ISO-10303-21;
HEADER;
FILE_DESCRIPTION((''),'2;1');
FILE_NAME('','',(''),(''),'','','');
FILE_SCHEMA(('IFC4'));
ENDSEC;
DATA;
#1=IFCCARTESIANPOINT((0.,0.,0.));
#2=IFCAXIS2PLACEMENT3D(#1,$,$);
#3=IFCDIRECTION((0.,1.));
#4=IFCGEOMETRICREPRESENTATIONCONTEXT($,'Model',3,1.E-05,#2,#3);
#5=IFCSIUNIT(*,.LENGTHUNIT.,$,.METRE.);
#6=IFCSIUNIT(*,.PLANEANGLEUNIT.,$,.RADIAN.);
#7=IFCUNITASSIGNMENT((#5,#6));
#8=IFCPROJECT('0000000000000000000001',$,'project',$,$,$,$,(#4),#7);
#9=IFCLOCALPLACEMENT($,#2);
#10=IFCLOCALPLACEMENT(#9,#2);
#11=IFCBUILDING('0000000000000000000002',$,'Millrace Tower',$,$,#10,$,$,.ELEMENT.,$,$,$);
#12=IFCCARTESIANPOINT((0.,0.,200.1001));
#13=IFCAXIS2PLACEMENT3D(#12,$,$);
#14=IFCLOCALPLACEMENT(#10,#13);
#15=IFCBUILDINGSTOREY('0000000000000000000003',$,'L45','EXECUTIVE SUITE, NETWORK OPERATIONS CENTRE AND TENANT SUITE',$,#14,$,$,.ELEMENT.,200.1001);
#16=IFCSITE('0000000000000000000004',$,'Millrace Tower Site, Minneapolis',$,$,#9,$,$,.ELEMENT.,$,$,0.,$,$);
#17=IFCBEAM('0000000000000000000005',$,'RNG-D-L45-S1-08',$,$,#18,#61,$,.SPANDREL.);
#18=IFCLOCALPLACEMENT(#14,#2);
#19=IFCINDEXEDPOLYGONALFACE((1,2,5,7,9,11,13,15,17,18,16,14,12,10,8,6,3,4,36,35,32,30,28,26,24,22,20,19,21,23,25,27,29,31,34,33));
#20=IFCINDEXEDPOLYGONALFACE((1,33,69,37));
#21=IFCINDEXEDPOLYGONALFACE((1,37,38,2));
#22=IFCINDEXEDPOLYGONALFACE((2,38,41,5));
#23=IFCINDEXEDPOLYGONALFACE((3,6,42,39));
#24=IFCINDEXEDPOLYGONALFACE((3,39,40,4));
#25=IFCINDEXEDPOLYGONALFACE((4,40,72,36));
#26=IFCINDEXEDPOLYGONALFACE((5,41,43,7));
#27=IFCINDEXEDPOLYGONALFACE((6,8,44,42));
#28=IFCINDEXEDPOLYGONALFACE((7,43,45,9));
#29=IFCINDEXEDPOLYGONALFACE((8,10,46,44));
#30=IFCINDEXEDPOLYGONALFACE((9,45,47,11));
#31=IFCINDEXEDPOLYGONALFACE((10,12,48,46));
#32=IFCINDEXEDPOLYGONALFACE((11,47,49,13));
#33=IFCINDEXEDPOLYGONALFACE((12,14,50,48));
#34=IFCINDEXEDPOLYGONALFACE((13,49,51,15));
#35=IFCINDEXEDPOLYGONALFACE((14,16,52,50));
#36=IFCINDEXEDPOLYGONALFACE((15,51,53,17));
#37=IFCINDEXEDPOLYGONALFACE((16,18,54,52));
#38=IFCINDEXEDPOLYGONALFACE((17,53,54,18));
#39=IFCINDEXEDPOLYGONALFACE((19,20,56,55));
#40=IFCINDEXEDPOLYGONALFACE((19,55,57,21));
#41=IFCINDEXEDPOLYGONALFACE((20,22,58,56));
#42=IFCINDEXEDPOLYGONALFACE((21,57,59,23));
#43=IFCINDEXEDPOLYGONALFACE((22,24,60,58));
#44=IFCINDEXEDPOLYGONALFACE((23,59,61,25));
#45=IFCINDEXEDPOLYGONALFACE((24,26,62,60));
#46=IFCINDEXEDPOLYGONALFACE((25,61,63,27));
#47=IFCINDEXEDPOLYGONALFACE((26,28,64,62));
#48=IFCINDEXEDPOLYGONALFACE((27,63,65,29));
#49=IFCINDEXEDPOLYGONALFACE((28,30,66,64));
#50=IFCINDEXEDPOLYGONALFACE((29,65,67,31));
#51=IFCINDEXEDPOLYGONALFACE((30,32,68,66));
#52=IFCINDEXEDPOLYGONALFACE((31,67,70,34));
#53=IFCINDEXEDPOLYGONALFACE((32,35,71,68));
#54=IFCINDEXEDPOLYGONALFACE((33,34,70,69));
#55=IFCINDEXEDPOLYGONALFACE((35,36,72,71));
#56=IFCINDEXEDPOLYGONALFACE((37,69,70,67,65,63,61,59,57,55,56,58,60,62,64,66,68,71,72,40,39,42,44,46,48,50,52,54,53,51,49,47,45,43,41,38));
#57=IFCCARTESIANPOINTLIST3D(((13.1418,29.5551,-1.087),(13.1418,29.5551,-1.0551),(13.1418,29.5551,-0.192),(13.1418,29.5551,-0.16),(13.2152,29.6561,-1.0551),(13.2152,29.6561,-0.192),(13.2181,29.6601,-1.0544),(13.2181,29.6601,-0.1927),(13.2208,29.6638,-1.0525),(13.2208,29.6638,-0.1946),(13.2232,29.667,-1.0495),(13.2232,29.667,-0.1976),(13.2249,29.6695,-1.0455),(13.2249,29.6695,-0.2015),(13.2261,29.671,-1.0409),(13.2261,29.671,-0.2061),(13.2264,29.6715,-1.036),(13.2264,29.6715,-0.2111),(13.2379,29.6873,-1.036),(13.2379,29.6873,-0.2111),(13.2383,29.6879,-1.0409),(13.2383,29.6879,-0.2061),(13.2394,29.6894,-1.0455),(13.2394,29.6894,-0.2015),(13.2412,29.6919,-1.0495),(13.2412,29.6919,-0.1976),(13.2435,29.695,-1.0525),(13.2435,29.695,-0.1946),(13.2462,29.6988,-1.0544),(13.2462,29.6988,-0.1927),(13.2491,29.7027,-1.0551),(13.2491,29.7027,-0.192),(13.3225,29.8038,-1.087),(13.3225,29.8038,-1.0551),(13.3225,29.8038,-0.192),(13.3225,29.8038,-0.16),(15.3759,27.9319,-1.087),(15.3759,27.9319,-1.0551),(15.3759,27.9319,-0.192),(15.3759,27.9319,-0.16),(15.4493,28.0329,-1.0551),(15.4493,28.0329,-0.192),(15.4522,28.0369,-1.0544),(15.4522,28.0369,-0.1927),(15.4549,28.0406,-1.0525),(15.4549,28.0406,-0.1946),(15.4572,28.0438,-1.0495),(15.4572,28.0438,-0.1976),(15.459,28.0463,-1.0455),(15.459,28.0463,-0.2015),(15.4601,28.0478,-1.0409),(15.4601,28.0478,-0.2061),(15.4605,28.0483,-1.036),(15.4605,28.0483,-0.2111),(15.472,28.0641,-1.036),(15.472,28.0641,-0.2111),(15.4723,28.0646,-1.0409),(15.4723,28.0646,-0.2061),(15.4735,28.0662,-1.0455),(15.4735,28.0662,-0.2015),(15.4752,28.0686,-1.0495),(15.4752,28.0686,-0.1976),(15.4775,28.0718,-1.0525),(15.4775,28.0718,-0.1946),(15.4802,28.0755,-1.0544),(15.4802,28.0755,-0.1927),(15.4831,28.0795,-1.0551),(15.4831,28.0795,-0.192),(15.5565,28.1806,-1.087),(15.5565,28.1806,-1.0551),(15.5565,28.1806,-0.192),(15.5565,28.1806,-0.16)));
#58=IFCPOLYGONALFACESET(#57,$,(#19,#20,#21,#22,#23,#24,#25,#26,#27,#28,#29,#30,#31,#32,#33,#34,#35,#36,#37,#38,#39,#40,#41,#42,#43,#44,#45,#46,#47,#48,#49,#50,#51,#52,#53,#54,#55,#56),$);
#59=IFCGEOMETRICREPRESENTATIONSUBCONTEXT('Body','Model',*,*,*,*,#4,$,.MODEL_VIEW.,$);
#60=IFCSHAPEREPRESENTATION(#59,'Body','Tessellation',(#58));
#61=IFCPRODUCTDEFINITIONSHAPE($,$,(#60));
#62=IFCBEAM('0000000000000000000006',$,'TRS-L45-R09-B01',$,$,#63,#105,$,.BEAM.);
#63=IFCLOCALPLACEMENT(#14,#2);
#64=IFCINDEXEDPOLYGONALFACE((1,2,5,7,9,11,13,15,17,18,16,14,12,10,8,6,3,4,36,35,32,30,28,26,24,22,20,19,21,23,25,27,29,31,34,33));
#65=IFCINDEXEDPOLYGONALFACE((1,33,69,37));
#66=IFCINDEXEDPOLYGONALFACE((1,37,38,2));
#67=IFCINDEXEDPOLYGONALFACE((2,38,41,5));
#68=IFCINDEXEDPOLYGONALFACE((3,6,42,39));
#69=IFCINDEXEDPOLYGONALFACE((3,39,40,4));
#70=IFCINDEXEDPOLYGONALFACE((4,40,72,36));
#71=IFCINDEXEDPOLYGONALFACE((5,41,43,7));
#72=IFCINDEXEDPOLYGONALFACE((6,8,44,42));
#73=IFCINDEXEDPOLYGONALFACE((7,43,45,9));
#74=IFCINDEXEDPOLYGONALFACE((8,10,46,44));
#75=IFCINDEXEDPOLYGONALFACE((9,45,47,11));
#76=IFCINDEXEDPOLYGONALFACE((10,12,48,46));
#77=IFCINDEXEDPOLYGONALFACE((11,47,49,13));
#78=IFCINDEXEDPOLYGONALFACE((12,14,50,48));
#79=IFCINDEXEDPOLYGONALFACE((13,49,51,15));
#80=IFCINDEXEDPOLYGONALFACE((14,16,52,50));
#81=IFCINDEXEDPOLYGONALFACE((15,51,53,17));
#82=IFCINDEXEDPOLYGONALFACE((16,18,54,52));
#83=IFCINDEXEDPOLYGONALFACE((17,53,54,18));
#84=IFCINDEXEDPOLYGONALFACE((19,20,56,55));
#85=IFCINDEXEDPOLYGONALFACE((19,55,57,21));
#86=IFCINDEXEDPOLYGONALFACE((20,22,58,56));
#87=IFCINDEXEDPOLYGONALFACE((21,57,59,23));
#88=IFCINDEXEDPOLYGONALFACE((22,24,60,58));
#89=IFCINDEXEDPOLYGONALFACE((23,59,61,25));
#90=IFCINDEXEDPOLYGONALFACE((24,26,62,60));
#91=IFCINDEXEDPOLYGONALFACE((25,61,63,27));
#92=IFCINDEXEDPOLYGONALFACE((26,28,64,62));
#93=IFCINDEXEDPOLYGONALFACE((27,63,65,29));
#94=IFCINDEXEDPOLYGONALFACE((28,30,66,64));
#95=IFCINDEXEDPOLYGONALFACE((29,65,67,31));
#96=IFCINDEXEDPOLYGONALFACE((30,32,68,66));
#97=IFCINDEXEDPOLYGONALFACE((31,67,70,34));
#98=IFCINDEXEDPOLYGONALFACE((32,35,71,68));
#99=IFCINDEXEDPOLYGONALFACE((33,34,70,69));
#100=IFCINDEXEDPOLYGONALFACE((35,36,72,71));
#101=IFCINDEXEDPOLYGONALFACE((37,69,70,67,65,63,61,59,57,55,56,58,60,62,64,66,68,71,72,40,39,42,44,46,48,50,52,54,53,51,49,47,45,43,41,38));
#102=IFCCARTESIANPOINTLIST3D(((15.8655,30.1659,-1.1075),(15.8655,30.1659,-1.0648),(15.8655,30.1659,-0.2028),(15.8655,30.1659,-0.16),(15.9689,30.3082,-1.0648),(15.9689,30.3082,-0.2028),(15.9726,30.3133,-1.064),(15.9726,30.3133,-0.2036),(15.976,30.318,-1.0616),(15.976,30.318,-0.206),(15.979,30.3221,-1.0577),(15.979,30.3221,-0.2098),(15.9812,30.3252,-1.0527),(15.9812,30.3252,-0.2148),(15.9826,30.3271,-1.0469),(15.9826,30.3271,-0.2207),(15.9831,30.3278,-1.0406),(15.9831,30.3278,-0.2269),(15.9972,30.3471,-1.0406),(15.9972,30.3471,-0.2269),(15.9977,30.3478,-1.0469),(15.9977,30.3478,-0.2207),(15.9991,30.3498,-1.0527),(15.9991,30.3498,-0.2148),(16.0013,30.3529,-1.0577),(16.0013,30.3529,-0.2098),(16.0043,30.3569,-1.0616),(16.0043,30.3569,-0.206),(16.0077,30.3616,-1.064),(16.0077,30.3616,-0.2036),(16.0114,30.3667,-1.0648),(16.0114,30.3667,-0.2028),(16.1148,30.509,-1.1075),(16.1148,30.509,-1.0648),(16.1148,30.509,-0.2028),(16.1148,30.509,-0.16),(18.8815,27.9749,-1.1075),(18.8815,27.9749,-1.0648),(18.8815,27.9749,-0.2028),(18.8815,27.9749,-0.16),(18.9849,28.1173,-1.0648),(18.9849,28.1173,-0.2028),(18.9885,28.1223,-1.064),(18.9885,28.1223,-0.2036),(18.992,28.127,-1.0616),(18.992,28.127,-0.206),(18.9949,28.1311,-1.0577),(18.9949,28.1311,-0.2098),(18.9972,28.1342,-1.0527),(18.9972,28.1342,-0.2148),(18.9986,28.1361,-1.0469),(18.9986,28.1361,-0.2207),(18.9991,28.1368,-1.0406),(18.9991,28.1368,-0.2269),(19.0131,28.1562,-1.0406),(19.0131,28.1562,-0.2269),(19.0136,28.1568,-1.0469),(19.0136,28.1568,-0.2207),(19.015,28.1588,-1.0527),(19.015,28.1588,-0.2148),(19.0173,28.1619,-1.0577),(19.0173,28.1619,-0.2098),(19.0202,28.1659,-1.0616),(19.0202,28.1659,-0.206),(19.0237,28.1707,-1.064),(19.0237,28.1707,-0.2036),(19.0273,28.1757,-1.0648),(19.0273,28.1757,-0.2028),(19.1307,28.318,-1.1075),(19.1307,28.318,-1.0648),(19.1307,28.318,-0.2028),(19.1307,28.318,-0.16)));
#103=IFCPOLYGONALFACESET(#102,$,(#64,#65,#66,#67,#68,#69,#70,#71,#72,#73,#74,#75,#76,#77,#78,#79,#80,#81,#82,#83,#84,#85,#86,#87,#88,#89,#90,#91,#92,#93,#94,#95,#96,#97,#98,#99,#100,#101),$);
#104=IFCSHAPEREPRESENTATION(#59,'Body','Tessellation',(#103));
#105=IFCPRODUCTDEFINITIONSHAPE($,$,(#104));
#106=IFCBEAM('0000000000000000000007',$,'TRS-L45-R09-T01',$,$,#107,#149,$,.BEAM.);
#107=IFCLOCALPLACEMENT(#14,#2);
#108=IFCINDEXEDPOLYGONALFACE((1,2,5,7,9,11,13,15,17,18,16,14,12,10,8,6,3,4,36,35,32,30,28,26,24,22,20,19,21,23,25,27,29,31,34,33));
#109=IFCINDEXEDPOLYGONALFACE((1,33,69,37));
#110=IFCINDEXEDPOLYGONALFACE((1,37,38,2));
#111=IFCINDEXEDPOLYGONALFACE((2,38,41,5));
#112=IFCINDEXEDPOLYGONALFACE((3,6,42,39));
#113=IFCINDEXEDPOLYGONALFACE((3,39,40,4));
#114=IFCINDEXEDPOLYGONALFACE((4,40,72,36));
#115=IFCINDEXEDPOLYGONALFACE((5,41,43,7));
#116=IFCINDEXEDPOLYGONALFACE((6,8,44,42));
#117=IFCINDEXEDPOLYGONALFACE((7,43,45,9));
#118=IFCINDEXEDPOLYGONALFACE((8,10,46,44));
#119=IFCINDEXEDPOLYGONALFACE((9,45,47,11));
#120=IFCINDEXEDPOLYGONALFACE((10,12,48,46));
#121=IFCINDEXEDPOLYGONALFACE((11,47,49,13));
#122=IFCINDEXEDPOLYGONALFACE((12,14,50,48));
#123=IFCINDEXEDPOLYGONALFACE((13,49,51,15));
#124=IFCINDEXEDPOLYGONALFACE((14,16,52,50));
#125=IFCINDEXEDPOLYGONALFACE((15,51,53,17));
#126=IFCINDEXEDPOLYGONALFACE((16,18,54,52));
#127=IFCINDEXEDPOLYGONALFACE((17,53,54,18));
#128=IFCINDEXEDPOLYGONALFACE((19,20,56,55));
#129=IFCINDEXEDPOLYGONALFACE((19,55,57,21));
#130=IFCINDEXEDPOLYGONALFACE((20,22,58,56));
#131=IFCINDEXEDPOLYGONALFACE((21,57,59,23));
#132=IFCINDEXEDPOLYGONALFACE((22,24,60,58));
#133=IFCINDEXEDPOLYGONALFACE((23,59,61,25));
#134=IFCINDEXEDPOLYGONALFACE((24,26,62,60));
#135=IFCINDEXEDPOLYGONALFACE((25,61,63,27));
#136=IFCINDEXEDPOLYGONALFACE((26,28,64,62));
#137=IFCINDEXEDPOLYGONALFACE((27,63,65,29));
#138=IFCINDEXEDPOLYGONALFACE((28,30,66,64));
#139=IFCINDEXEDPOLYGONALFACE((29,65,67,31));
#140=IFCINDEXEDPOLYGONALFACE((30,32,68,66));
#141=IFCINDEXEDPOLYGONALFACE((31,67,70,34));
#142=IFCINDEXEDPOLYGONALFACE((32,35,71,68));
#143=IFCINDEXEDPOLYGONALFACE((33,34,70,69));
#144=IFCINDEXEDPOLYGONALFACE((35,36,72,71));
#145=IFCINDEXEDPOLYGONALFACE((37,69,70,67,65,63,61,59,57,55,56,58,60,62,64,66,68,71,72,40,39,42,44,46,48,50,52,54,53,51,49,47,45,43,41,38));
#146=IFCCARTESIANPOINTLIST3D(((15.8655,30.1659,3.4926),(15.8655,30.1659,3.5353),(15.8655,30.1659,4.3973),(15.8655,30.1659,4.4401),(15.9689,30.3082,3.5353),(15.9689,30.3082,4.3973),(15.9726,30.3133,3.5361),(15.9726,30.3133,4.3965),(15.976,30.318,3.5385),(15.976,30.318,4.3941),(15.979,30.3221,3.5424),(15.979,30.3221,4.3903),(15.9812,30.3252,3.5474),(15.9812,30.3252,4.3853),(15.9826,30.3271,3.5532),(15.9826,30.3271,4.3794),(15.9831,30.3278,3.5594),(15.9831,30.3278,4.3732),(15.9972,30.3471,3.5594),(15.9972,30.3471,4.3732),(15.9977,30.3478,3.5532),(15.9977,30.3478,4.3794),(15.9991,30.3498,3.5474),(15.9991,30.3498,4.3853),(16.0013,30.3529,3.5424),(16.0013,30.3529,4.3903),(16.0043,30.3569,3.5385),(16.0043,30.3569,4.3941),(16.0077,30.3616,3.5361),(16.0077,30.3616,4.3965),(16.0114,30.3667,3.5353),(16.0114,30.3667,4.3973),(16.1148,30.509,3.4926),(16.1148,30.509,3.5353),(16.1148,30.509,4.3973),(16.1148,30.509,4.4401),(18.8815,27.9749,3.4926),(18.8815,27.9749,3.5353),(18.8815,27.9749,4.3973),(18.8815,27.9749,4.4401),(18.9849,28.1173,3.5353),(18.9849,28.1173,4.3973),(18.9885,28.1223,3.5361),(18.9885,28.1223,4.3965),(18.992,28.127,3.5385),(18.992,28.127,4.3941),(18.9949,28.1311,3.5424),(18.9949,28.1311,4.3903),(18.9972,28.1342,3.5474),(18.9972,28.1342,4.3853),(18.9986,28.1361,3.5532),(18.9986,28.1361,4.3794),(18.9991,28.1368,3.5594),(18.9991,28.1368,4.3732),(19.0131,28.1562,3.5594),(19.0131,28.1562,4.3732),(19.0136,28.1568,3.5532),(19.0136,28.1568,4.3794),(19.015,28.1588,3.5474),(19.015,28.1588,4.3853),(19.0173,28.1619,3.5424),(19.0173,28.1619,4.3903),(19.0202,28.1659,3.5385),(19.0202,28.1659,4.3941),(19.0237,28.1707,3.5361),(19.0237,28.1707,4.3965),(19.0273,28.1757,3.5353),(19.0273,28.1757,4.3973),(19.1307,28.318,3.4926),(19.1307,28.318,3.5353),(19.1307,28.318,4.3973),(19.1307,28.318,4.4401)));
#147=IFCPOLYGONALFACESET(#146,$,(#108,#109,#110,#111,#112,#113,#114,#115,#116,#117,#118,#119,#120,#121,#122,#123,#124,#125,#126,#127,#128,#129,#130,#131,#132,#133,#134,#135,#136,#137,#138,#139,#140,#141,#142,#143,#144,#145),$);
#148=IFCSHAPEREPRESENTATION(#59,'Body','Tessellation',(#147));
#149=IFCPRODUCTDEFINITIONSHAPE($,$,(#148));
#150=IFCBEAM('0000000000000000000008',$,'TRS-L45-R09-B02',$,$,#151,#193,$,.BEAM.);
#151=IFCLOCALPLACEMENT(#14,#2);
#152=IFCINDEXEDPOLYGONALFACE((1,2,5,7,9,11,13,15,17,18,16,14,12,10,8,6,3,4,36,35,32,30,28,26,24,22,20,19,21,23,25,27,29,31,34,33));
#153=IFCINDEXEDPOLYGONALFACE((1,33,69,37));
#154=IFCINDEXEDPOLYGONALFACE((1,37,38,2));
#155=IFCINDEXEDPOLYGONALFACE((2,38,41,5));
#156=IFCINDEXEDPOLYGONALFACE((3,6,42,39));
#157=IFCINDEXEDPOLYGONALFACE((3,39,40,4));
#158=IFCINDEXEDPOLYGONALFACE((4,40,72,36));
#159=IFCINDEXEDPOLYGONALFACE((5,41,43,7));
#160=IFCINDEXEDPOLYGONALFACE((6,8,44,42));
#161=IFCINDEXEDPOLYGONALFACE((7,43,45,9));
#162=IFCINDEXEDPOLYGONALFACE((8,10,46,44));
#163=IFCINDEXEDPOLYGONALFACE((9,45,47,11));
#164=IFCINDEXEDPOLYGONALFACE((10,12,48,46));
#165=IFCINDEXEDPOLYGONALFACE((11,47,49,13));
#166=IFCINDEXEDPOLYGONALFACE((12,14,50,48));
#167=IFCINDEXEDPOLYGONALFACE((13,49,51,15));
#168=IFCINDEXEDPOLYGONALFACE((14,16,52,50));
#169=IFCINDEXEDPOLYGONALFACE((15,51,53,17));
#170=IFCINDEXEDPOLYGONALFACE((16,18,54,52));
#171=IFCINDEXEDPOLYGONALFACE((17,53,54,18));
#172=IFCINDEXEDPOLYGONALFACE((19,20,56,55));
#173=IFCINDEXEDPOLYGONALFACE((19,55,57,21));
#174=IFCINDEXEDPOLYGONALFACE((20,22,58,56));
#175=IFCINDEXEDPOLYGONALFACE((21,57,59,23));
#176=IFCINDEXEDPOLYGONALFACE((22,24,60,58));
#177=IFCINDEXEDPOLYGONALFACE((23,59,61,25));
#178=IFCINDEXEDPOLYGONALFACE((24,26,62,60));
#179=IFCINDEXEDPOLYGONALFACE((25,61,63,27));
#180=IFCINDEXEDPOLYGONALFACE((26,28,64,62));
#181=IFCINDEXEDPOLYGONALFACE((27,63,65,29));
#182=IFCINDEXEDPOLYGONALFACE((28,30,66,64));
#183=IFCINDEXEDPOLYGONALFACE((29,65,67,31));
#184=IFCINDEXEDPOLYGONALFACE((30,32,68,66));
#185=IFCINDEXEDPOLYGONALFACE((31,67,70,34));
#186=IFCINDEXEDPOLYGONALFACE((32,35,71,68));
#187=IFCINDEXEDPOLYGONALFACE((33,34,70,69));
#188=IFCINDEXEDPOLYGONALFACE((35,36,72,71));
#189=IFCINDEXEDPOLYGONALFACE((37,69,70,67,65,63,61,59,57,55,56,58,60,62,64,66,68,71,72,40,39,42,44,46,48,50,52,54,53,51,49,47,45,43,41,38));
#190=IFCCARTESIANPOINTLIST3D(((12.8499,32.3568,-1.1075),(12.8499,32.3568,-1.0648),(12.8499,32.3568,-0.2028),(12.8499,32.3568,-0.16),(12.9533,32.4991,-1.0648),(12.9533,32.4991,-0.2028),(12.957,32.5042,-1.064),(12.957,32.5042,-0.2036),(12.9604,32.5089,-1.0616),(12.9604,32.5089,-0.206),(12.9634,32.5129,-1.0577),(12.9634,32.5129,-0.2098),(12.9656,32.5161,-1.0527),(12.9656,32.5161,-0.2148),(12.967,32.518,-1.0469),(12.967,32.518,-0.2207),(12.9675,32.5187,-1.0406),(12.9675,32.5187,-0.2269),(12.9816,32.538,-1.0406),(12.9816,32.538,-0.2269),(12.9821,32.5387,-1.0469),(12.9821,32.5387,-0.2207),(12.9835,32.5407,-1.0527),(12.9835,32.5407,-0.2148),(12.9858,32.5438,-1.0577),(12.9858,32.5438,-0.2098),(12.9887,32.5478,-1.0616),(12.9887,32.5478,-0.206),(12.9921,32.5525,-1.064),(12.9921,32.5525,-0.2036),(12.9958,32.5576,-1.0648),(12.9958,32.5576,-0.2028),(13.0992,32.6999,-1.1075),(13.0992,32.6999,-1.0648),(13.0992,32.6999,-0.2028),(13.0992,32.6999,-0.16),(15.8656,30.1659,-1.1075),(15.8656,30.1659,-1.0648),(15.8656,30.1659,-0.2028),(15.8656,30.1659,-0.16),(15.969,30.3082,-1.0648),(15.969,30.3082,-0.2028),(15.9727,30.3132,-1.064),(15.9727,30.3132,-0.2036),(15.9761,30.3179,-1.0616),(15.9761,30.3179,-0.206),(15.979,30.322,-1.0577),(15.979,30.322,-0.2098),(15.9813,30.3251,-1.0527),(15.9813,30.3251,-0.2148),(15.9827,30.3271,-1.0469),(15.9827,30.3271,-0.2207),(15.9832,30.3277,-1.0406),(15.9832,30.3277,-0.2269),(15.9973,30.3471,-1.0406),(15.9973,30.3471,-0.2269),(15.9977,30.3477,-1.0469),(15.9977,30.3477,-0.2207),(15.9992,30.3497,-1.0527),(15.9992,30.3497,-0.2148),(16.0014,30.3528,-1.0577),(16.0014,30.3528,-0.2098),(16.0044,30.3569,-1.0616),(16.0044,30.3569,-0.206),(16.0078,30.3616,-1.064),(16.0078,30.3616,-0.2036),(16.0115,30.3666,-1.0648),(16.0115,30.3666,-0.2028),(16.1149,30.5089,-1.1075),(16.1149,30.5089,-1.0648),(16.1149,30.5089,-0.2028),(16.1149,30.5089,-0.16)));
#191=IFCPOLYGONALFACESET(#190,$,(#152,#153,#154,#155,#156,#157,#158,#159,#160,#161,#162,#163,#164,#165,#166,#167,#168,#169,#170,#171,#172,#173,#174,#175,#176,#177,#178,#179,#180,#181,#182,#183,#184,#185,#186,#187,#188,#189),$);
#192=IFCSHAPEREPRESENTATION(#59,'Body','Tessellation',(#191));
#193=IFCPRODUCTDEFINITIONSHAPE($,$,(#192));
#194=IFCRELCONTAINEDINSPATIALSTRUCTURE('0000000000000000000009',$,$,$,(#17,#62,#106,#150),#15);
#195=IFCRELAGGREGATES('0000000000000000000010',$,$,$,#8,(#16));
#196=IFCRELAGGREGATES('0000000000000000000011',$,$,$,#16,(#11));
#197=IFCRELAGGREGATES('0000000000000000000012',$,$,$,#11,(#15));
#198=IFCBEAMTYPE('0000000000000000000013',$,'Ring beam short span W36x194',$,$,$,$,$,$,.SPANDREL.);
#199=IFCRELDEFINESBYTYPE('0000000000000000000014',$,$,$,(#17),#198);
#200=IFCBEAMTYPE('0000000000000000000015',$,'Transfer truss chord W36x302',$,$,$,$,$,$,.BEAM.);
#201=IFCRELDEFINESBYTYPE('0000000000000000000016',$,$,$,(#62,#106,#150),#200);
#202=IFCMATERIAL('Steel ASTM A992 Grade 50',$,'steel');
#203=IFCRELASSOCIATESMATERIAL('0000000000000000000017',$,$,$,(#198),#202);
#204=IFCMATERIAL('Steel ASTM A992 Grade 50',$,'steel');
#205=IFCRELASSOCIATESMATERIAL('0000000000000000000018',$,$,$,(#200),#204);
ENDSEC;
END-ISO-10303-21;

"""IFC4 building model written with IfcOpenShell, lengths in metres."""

from ifc_helpers import new_model, si_unit, direction, frame, origin, origin_2d, place, context, subcontext, project, spatial, i_section, extrude, material, material_profile, profile_set, type_object, element, save


model = new_model("IFC4")

# Units and contexts
model_context = context("Model", 3, precision=1e-05, world=origin(), true_north=direction((0.0, 1.0)))
body_context = subcontext(model_context, "Body", "Model", "MODEL_VIEW")
ifc_project = project(units=[si_unit("LENGTHUNIT", "METRE"), si_unit("PLANEANGLEUNIT", "RADIAN")], contexts=[model_context])

# Site, building, storey
site_placement = place(None, origin())
site = spatial("IfcSite", under=ifc_project, at=site_placement, Name="Millrace Tower Site, Minneapolis", CompositionType="ELEMENT", RefElevation=0.0)
building_placement = place(site_placement, origin())
building = spatial("IfcBuilding", under=site, at=building_placement, Name="Millrace Tower", CompositionType="ELEMENT")
storey_placement = place(building_placement, frame((0.0, 0.0, 200.1001)))
storey = spatial("IfcBuildingStorey", under=building, at=storey_placement, Name="L45", Description="EXECUTIVE SUITE, NETWORK OPERATIONS CENTRE AND TENANT SUITE", CompositionType="ELEMENT", Elevation=200.1001)

# Beams
ifc_material_1 = material(Name="Steel ASTM A992 Grade 50", Category="steel")
ifc_material_profile_1 = material_profile(ifc_material_1, i_section(OverallWidth=0.3074, OverallDepth=0.927, WebThickness=0.0195, FlangeThickness=0.032, FilletRadius=0.019, at=origin_2d()))
ifc_profile_set_1 = profile_set([ifc_material_profile_1], Name="Steel ASTM A992 Grade 50")
beam_type_1 = type_object("IfcBeamType", Name="Ring beam short span W36x194", PredefinedType="SPANDREL", material=ifc_profile_set_1)
beam_placement = place(storey_placement, frame((13.2322, 29.6794, -0.6235), z_axis=(0.809, -0.587809, 0.0), x_axis=(0.587809, 0.809, 0.0)))
element("IfcBeam", 1, at=beam_placement, inside=storey, type_object=beam_type_1, Name="RNG-D-L45-S1-08", PredefinedType="SPANDREL", context=body_context, shape_type="SweptSolid", body=[
    extrude(i_section(OverallWidth=0.3074, OverallDepth=0.927, WebThickness=0.0195, FlangeThickness=0.032, FilletRadius=0.019, at=origin_2d()), origin(), (0.0, 0.0, 1.0), 2.7615),
])
ifc_material_2 = material(Name="Steel ASTM A992 Grade 50", Category="steel")
ifc_material_profile_2 = material_profile(ifc_material_2, i_section(OverallWidth=0.4241, OverallDepth=0.9475, WebThickness=0.0239, FlangeThickness=0.0427, FilletRadius=0.0242, at=origin_2d()))
ifc_profile_set_2 = profile_set([ifc_material_profile_2], Name="Steel ASTM A992 Grade 50")
beam_type_2 = type_object("IfcBeamType", Name="Transfer truss chord W36x302", PredefinedType="BEAM", material=ifc_profile_set_2)
for number, where, z_axis, x_axis, name in (
    (2, (19.0061, 28.1465, -0.6338), (-0.809048, 0.587743, 0.0), (-0.587743, -0.809048, 0.0), "TRS-L45-R09-B01"),
    (3, (19.0061, 28.1465, 3.9663), (-0.809048, 0.587743, 0.0), (-0.587743, -0.809048, 0.0), "TRS-L45-R09-T01"),
):
    element("IfcBeam", number, at=place(storey_placement, frame(where, z_axis=z_axis, x_axis=x_axis)), inside=storey, type_object=beam_type_2, Name=name, PredefinedType="BEAM", context=body_context, shape_type="SweptSolid", body=[
        extrude(i_section(OverallWidth=0.4241, OverallDepth=0.9475, WebThickness=0.0239, FlangeThickness=0.0427, FilletRadius=0.0242, at=origin_2d()), origin(), (0.0, 0.0, 1.0), 3.7278),
    ])
for number, where, z_axis, x_axis, name in (
    (4, (15.9902, 30.3374, -0.6338), (-0.809025, 0.587774, 0.0), (-0.587774, -0.809025, 0.0), "TRS-L45-R09-B02"),
):
    element("IfcBeam", number, at=place(storey_placement, frame(where, z_axis=z_axis, x_axis=x_axis)), inside=storey, type_object=beam_type_2, Name=name, PredefinedType="BEAM", context=body_context, shape_type="SweptSolid", body=[
        extrude(i_section(OverallWidth=0.4241, OverallDepth=0.9475, WebThickness=0.0239, FlangeThickness=0.0427, FilletRadius=0.0242, at=origin_2d()), origin(), (0.0, 0.0, 1.0), 3.7275),
    ])

save(model, "model.ifc")
